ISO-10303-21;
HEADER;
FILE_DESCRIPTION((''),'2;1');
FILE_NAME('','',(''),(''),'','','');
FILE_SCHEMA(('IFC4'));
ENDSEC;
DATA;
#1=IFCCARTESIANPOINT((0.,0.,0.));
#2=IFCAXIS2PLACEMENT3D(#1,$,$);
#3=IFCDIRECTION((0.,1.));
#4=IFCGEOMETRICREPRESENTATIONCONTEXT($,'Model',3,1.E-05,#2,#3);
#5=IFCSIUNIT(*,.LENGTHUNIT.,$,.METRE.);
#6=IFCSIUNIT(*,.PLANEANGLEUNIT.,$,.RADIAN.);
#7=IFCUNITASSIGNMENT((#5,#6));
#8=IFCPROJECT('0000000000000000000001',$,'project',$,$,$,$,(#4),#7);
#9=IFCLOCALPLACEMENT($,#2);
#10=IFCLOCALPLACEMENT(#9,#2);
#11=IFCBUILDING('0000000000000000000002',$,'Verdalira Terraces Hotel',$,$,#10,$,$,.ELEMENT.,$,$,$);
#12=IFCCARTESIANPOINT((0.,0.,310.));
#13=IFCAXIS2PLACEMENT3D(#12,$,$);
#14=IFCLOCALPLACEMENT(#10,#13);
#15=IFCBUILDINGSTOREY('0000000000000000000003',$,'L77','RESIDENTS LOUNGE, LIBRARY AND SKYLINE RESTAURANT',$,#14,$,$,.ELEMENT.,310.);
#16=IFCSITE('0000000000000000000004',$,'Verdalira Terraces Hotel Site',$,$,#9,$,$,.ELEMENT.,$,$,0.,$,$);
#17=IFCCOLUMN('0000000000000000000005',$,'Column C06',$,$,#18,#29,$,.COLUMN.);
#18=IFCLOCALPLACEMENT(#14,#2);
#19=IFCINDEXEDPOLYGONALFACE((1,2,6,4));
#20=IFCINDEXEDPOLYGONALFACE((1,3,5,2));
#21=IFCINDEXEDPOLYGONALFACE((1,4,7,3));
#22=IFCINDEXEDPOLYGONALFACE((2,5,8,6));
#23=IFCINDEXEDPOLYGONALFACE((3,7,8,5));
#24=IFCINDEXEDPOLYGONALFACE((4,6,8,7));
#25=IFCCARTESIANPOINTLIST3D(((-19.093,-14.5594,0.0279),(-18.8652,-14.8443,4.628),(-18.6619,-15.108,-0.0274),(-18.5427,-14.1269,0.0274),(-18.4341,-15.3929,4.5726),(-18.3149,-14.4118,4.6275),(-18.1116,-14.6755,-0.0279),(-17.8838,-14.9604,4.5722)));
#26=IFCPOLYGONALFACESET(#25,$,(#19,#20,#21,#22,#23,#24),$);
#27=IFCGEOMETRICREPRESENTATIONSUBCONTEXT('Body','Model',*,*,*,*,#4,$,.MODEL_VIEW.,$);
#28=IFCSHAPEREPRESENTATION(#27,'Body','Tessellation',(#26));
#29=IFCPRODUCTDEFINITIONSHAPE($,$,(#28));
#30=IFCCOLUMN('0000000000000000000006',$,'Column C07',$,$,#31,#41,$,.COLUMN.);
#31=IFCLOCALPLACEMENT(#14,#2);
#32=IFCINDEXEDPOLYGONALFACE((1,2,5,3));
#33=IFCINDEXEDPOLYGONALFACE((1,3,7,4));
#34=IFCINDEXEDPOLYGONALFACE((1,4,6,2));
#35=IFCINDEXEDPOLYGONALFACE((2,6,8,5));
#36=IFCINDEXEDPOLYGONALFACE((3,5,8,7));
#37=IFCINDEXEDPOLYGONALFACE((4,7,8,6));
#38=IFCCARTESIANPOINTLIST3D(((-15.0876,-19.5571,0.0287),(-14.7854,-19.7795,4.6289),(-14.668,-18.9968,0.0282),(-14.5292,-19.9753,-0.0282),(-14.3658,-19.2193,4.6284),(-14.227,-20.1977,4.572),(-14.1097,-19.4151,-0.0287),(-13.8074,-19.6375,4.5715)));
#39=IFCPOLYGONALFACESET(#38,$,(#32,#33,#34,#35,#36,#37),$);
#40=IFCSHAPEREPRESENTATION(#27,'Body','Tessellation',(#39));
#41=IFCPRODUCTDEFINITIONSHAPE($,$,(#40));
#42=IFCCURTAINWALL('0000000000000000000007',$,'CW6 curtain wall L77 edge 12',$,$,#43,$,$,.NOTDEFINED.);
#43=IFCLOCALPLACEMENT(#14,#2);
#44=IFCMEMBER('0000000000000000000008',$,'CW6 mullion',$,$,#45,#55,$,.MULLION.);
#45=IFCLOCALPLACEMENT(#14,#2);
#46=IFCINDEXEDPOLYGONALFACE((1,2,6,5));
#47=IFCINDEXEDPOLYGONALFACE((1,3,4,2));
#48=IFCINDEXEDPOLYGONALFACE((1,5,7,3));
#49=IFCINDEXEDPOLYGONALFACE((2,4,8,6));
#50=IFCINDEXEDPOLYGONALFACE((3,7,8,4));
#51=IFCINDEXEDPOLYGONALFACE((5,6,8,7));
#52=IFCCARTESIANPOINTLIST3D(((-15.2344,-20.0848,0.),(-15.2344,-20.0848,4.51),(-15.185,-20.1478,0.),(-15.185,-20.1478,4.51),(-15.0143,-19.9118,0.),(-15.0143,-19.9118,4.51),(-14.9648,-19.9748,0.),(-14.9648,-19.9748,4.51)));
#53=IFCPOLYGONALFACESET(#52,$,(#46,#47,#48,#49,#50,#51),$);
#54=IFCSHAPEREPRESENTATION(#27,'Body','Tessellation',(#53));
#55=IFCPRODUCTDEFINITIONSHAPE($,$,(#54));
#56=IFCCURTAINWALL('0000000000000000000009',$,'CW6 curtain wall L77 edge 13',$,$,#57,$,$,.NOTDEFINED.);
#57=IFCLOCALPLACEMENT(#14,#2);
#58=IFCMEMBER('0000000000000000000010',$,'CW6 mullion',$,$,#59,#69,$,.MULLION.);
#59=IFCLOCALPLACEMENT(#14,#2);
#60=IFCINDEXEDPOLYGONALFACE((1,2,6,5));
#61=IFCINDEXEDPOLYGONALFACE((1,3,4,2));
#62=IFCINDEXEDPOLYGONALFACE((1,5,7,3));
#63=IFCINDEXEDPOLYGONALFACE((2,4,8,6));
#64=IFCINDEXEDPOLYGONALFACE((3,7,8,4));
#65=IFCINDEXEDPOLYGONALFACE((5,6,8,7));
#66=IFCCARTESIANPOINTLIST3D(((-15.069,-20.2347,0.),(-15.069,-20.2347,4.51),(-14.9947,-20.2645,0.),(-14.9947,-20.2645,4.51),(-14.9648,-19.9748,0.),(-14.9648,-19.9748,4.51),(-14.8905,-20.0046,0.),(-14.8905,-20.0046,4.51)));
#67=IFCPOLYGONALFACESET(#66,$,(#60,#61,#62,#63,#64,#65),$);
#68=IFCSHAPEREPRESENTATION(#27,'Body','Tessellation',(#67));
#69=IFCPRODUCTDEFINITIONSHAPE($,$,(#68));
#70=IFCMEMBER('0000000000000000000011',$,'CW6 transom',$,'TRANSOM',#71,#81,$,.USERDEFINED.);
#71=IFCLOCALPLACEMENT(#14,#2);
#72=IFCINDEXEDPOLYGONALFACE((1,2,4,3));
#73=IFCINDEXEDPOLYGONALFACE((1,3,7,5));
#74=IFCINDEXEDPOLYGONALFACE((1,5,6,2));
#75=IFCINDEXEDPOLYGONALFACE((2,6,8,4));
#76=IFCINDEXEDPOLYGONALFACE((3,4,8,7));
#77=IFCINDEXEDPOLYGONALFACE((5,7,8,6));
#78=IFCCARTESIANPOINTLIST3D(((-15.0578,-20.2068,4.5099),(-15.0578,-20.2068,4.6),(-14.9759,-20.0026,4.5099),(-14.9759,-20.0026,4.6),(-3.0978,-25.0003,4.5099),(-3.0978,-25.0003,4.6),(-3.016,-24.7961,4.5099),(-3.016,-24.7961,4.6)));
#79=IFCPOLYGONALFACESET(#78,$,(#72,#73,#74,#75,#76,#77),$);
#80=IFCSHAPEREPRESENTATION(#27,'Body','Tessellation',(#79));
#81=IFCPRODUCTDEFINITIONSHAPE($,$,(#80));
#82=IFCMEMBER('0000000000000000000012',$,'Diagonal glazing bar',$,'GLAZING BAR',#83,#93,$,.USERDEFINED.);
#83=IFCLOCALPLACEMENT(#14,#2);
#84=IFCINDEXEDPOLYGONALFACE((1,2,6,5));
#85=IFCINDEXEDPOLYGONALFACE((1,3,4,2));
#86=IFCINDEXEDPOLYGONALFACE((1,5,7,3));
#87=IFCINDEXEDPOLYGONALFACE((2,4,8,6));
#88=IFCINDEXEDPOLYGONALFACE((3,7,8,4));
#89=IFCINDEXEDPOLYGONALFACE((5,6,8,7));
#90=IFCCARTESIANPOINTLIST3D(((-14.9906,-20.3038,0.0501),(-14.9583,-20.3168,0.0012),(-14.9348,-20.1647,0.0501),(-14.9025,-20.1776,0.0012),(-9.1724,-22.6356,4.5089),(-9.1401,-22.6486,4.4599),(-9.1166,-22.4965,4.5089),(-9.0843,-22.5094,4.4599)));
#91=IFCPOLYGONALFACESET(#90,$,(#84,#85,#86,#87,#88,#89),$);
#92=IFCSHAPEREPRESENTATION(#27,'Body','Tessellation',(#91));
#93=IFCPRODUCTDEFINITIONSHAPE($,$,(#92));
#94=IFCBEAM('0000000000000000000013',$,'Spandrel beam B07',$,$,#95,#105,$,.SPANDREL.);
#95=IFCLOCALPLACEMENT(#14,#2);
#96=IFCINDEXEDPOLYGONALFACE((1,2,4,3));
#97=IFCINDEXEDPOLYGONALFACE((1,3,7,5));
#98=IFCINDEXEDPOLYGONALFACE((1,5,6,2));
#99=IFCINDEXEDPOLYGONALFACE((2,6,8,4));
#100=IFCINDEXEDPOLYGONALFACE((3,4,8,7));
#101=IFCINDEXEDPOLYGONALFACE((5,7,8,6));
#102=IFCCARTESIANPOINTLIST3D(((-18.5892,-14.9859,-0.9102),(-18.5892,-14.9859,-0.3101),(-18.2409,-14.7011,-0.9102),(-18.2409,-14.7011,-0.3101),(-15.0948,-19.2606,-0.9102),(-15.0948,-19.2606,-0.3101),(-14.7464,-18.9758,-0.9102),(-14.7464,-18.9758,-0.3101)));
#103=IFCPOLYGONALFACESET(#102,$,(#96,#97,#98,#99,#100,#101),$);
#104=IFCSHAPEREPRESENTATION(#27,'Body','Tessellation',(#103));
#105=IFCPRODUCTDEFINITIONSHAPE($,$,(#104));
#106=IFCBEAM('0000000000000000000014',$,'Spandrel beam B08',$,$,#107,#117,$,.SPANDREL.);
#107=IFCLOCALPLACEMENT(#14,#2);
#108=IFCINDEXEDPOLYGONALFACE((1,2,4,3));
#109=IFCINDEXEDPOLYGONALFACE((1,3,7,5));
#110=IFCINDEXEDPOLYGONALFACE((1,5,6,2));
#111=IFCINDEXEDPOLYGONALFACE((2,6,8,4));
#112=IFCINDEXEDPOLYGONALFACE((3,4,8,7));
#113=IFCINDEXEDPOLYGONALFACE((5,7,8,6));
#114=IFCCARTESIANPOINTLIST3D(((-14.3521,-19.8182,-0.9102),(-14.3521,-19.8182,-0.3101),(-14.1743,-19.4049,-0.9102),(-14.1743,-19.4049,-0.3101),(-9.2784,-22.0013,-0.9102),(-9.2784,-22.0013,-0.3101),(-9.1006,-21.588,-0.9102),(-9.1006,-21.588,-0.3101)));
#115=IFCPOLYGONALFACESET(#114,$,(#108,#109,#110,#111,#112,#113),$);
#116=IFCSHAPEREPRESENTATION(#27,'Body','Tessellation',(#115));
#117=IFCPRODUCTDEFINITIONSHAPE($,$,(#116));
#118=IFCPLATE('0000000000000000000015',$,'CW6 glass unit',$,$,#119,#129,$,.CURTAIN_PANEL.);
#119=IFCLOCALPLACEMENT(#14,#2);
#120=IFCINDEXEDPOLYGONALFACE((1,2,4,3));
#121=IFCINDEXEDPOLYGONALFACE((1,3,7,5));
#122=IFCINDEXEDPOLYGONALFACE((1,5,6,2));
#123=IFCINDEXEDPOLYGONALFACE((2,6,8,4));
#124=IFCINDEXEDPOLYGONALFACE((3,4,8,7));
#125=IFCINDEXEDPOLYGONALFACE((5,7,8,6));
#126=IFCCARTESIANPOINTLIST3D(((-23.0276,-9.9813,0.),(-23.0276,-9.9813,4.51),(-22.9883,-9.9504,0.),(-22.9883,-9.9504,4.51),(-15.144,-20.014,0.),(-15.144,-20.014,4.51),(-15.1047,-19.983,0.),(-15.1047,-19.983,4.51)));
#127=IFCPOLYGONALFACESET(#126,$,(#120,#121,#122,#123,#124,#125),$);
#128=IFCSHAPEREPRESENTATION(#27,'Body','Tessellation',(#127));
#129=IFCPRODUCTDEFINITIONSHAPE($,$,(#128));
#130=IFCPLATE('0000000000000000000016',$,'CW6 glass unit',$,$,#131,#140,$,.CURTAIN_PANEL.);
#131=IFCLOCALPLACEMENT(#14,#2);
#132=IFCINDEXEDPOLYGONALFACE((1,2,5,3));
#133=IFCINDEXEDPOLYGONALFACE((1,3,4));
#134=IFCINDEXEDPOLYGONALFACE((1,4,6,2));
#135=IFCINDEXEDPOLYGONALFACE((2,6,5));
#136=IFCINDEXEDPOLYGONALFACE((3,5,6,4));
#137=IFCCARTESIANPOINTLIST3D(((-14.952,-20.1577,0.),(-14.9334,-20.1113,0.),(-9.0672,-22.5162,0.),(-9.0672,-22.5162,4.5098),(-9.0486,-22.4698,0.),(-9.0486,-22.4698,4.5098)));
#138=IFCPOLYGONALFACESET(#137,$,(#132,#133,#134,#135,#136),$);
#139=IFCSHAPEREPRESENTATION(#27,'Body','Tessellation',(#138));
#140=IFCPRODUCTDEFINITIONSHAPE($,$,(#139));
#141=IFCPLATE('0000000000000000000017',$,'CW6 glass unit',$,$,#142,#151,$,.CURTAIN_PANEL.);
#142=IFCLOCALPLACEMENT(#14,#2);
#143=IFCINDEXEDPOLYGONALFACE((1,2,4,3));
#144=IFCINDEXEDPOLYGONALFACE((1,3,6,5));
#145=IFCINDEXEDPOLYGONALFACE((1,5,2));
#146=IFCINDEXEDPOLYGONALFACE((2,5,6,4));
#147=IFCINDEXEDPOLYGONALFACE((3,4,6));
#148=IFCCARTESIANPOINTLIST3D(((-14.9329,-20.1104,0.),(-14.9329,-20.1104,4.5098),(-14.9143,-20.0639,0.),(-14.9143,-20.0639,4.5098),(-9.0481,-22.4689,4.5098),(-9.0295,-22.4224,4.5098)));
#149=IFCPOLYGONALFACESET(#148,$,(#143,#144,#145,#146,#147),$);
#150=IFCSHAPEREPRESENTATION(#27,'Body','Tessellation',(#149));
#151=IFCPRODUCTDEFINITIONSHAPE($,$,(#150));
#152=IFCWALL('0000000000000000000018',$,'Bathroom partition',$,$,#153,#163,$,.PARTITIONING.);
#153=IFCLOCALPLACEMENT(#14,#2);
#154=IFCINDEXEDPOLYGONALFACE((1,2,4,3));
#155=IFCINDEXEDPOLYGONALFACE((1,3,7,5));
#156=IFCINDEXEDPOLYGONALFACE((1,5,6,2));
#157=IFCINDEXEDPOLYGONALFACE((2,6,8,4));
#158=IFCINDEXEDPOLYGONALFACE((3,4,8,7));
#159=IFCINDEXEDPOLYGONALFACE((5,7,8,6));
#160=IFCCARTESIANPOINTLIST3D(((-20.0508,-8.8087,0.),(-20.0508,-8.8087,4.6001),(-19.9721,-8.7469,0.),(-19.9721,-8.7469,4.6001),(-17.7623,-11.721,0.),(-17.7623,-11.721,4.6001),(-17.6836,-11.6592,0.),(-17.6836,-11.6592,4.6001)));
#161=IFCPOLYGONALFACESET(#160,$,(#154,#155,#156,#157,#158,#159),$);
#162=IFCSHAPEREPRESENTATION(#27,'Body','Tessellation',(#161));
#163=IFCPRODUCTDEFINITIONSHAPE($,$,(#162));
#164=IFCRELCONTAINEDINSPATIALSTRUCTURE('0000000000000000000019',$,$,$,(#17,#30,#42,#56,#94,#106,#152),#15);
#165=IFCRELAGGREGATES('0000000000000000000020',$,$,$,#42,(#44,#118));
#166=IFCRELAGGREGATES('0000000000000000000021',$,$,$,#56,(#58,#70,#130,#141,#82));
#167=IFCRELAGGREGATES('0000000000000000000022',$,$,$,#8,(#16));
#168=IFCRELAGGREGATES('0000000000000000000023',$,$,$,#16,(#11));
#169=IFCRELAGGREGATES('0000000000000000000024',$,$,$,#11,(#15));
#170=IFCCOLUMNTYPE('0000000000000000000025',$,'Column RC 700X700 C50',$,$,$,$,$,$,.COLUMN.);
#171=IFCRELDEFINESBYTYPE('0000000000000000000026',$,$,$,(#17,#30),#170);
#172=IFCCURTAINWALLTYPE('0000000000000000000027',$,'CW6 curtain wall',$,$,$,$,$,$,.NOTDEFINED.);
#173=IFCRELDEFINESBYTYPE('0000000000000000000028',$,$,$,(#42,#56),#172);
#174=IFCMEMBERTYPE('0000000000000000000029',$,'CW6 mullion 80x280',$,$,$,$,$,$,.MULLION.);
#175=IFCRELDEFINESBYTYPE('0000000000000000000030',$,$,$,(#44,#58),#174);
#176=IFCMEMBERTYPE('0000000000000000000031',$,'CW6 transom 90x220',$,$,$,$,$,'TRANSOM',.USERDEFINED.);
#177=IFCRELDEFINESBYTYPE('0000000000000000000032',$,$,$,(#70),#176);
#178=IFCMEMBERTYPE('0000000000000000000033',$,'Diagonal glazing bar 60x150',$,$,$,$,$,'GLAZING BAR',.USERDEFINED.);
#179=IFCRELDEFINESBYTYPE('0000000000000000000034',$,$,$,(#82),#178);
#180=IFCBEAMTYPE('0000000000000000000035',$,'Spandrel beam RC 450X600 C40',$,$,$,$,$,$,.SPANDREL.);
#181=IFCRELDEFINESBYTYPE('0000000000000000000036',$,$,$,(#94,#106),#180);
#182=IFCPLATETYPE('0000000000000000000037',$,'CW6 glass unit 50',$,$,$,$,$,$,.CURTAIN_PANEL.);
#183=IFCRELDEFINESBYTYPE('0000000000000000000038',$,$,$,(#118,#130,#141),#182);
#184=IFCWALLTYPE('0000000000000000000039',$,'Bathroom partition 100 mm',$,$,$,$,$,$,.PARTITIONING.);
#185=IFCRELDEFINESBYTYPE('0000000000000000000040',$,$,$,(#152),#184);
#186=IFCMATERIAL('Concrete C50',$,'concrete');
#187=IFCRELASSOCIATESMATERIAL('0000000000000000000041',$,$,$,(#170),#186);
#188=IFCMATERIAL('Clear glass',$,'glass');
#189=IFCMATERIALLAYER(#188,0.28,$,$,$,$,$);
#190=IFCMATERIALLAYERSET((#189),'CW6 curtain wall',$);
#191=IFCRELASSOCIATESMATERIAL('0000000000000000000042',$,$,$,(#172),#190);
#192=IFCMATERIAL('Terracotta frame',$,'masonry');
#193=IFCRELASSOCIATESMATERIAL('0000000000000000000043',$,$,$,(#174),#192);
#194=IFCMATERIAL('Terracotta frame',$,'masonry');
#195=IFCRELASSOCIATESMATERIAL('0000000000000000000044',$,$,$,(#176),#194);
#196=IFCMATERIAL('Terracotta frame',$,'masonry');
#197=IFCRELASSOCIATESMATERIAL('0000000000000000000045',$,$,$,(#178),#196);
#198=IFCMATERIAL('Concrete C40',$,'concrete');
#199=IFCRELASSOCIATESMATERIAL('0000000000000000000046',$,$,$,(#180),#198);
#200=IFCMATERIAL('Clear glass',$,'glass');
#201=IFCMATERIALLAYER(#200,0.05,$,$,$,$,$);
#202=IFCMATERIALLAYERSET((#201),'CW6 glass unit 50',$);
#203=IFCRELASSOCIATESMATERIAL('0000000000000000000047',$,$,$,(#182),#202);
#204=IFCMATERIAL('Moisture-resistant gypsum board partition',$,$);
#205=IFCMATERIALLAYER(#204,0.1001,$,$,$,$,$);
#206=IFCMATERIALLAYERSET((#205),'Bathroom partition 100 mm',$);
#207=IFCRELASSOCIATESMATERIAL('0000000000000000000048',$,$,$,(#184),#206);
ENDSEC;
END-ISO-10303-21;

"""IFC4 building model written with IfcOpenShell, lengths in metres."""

from ifc_helpers import new_model, si_unit, direction, frame, frame_2d, origin, origin_2d, place, context, subcontext, project, spatial, polyline, rectangle, outline, extrude, material, layer, layer_set, material_profile, profile_set, type_object, element, aggregate, save


model = new_model("IFC4")

# Units and contexts
model_context = context("Model", 3, precision=1e-05, world=origin(), true_north=direction((0.0, 1.0)))
body_context = subcontext(model_context, "Body", "Model", "MODEL_VIEW")
ifc_project = project(units=[si_unit("LENGTHUNIT", "METRE"), si_unit("PLANEANGLEUNIT", "RADIAN")], contexts=[model_context])

# Site, building, storey
site_placement = place(None, origin())
site = spatial("IfcSite", under=ifc_project, at=site_placement, Name="Verdalira Terraces Hotel Site", CompositionType="ELEMENT", RefElevation=0.0)
building_placement = place(site_placement, origin())
building = spatial("IfcBuilding", under=site, at=building_placement, Name="Verdalira Terraces Hotel", CompositionType="ELEMENT")
storey_placement = place(building_placement, frame((0.0, 0.0, 310.0)))
storey = spatial("IfcBuildingStorey", under=building, at=storey_placement, Name="L77", Description="RESIDENTS LOUNGE, LIBRARY AND SKYLINE RESTAURANT", CompositionType="ELEMENT", Elevation=310.0)

# Columns
ifc_material_1 = material(Name="Concrete C50", Category="concrete")
ifc_material_profile_1 = material_profile(ifc_material_1, rectangle(XDim=0.7, YDim=0.7, at=origin_2d()), Name="RC 700X700")
ifc_profile_set_1 = profile_set([ifc_material_profile_1], Name="Concrete C50")
column_type = type_object("IfcColumnType", Name="Column RC 700X700 C50", PredefinedType="COLUMN", material=ifc_profile_set_1)
column_1_placement = place(storey_placement, frame((-18.6023, -14.6174, 0.0), z_axis=(0.049362, -0.061742, 0.996871), x_axis=(0.61591, -0.783841, -0.079046)))
element("IfcColumn", 1, at=column_1_placement, inside=storey, type_object=column_type, Name="Column C06", PredefinedType="COLUMN", context=body_context, shape_type="SweptSolid", body=[
    extrude(rectangle(XDim=0.7, YDim=0.7, at=origin_2d()), origin(), (0.0, 0.0, 1.0), 4.6145),
])
column_2_placement = place(storey_placement, frame((-14.5986, -19.4861, 0.0), z_axis=(0.065487, -0.048189, 0.996689), x_axis=(-0.797755, 0.597475, 0.081304)))
element("IfcColumn", 2, at=column_2_placement, inside=storey, type_object=column_type, Name="Column C07", PredefinedType="COLUMN", context=body_context, shape_type="SweptSolid", body=[
    extrude(rectangle(XDim=0.7, YDim=0.7, at=origin_2d()), origin(), (0.0, 0.0, 1.0), 4.6155),
])

# Curtain wall, member
ifc_material_2 = material(Name="Clear glass", Category="glass")
ifc_layer_1 = layer(ifc_material_2, 0.28)
ifc_layer_set_1 = layer_set([ifc_layer_1], Name="CW6 curtain wall")
curtain_wall_type = type_object("IfcCurtainWallType", Name="CW6 curtain wall", PredefinedType="NOTDEFINED", material=ifc_layer_set_1)
curtain_wall_1_placement = place(storey_placement, origin())
curtain_wall_1 = element("IfcCurtainWall", 3, at=curtain_wall_1_placement, inside=storey, type_object=curtain_wall_type, Name="CW6 curtain wall L77 edge 12", PredefinedType="NOTDEFINED")
ifc_material_3 = material(Name="Terracotta frame", Category="masonry")
ifc_material_profile_2 = material_profile(ifc_material_3, rectangle(XDim=0.0801, YDim=0.28, at=origin_2d()), Name="MU 80x280")
ifc_profile_set_2 = profile_set([ifc_material_profile_2], Name="Terracotta frame")
member_type_1 = type_object("IfcMemberType", Name="CW6 mullion 80x280", PredefinedType="MULLION", material=ifc_profile_set_2)
member_1_placement = place(storey_placement, frame((-15.0996, -20.0298, 0.0), z_axis=(0.0, 0.0, 1.0), x_axis=(0.61786, -0.786288, 0.0)))
member_1 = element("IfcMember", 4, at=member_1_placement, type_object=member_type_1, Name="CW6 mullion", PredefinedType="MULLION", context=body_context, shape_type="SweptSolid", body=[
    extrude(rectangle(XDim=0.0801, YDim=0.28, at=origin_2d()), origin(), (0.0, 0.0, 1.0), 4.51),
])

# Curtain wall, members
curtain_wall_2_placement = place(storey_placement, origin())
curtain_wall_2 = element("IfcCurtainWall", 5, at=curtain_wall_2_placement, inside=storey, type_object=curtain_wall_type, Name="CW6 curtain wall L77 edge 13", PredefinedType="NOTDEFINED")
member_2_placement = place(storey_placement, frame((-14.9797, -20.1196, 0.0), z_axis=(0.0, 0.0, 1.0), x_axis=(0.928226, -0.372016, 0.0)))
member_2 = element("IfcMember", 6, at=member_2_placement, type_object=member_type_1, Name="CW6 mullion", PredefinedType="MULLION", context=body_context, shape_type="SweptSolid", body=[
    extrude(rectangle(XDim=0.0801, YDim=0.28, at=origin_2d()), origin(), (0.0, 0.0, 1.0), 4.51),
])
ifc_material_4 = material(Name="Terracotta frame", Category="masonry")
ifc_material_profile_3 = material_profile(ifc_material_4, rectangle(XDim=0.22, YDim=0.0901, at=origin_2d()), Name="TR 90x220")
ifc_profile_set_3 = profile_set([ifc_material_profile_3], Name="Terracotta frame")
member_type_2 = type_object("IfcMemberType", Name="CW6 transom 90x220", ElementType="TRANSOM", PredefinedType="USERDEFINED", material=ifc_profile_set_3)
member_3_placement = place(storey_placement, frame((-15.0168, -20.1047, 4.5549), z_axis=(0.928223, -0.372024, 0.0), x_axis=(0.372024, 0.928223, 0.0)))
member_3 = element("IfcMember", 7, at=member_3_placement, type_object=member_type_2, Name="CW6 transom", ObjectType="TRANSOM", PredefinedType="USERDEFINED", context=body_context, shape_type="SweptSolid", body=[
    extrude(rectangle(XDim=0.22, YDim=0.0901, at=origin_2d()), origin(), (0.0, 0.0, 1.0), 12.8848),
])
ifc_material_5 = material(Name="Terracotta frame", Category="masonry")
ifc_material_profile_4 = material_profile(ifc_material_5, rectangle(XDim=0.1499, YDim=0.0601, at=origin_2d()), Name="GB 60x150")
ifc_profile_set_4 = profile_set([ifc_material_profile_4], Name="Terracotta frame")
member_type_3 = type_object("IfcMemberType", Name="Diagonal glazing bar 60x150", ElementType="GLAZING BAR", PredefinedType="USERDEFINED", material=ifc_profile_set_4)
member_4_placement = place(storey_placement, frame((-14.9465, -20.2407, 0.0256), z_axis=(0.756378, -0.303141, 0.579654), x_axis=(0.372015, 0.928227, 0.0)))
member_4 = element("IfcMember", 8, at=member_4_placement, type_object=member_type_3, Name="Diagonal glazing bar", ObjectType="GLAZING BAR", PredefinedType="USERDEFINED", context=body_context, shape_type="SweptSolid", body=[
    extrude(rectangle(XDim=0.1499, YDim=0.0601, at=origin_2d()), origin(), (0.0, 0.0, 1.0), 7.6921),
])

# Beams
ifc_material_6 = material(Name="Concrete C40", Category="concrete")
ifc_material_profile_5 = material_profile(ifc_material_6, rectangle(XDim=0.45, YDim=0.6001, at=origin_2d()), Name="RC 450X600")
ifc_profile_set_5 = profile_set([ifc_material_profile_5], Name="Concrete C40")
beam_type = type_object("IfcBeamType", Name="Spandrel beam RC 450X600 C40", PredefinedType="SPANDREL", material=ifc_profile_set_5)
beam_1_placement = place(storey_placement, frame((-18.415, -14.8435, -0.6101), z_axis=(0.632905, -0.774229, 0.0), x_axis=(0.774229, 0.632905, 0.0)))
element("IfcBeam", 9, at=beam_1_placement, inside=storey, type_object=beam_type, Name="Spandrel beam B07", PredefinedType="SPANDREL", context=body_context, shape_type="SweptSolid", body=[
    extrude(rectangle(XDim=0.45, YDim=0.6001, at=origin_2d()), origin(), (0.0, 0.0, 1.0), 5.5212),
])
beam_2_placement = place(storey_placement, frame((-14.2632, -19.6116, -0.6101), z_axis=(0.918577, -0.395242, 0.0), x_axis=(0.395242, 0.918577, 0.0)))
element("IfcBeam", 10, at=beam_2_placement, inside=storey, type_object=beam_type, Name="Spandrel beam B08", PredefinedType="SPANDREL", context=body_context, shape_type="SweptSolid", body=[
    extrude(rectangle(XDim=0.45, YDim=0.6001, at=origin_2d()), origin(), (0.0, 0.0, 1.0), 5.5234),
])

# Plates
ifc_material_7 = material(Name="Clear glass", Category="glass")
ifc_layer_2 = layer(ifc_material_7, 0.05)
ifc_layer_set_2 = layer_set([ifc_layer_2], Name="CW6 glass unit 50")
plate_type = type_object("IfcPlateType", Name="CW6 glass unit 50", PredefinedType="CURTAIN_PANEL", material=ifc_layer_set_2)
plate_1_placement = place(storey_placement, frame((-19.0662, -14.9822, 0.0), z_axis=(0.0, 0.0, 1.0), x_axis=(0.61786, -0.786288, 0.0)))
plate_1 = element("IfcPlate", 11, at=plate_1_placement, type_object=plate_type, Name="CW6 glass unit", PredefinedType="CURTAIN_PANEL", context=body_context, shape_type="SweptSolid", body=[
    extrude(rectangle(XDim=12.7595, YDim=0.05, at=origin_2d()), origin(), (0.0, 0.0, 1.0), 4.51),
])
aggregate(curtain_wall_1, [member_1, plate_1])
plate_2_placement = place(storey_placement, frame((-11.991, -21.2905, 2.2549), z_axis=(-0.372016, -0.928226, 0.0), x_axis=(0.928226, -0.372016, 0.0)))
plate_2 = element("IfcPlate", 12, at=plate_2_placement, type_object=plate_type, Name="CW6 glass unit", PredefinedType="CURTAIN_PANEL", context=body_context, shape_type="SweptSolid", body=[
    extrude(outline(polyline([(-3.1699, -2.2549), (3.1699, -2.2549), (3.1699, 2.2549), (-3.1699, -2.2549)])), origin(), (0.0, 0.0, 1.0), 0.05),
])
plate_3_placement = place(storey_placement, frame((-11.9719, -21.2432, 2.2549), z_axis=(-0.372016, -0.928226, 0.0), x_axis=(0.928226, -0.372016, 0.0)))
plate_3 = element("IfcPlate", 13, at=plate_3_placement, type_object=plate_type, Name="CW6 glass unit", PredefinedType="CURTAIN_PANEL", context=body_context, shape_type="SweptSolid", body=[
    extrude(outline(polyline([(-3.1699, -2.2549), (3.1699, 2.2549), (-3.1699, 2.2549), (-3.1699, -2.2549)])), origin(), (0.0, 0.0, 1.0), 0.05),
])
aggregate(curtain_wall_2, [member_2, member_3, plate_2, plate_3, member_4])

# Wall
ifc_material_8 = material(Name="Moisture-resistant gypsum board partition")
ifc_layer_3 = layer(ifc_material_8, 0.1001)
ifc_layer_set_3 = layer_set([ifc_layer_3], Name="Bathroom partition 100 mm")
wall_type_1 = type_object("IfcWallType", Name="Bathroom partition 100 mm", PredefinedType="PARTITIONING", material=ifc_layer_set_3)
wall_1_placement = place(storey_placement, frame((-17.7229, -11.6902, 0.0), z_axis=(0.0, 0.0, 1.0), x_axis=(-0.617871, 0.786279, 0.0)))
element("IfcWall", 14, at=wall_1_placement, inside=storey, type_object=wall_type_1, Name="Bathroom partition", PredefinedType="PARTITIONING", context=body_context, shape_type="SweptSolid", body=[
    extrude(rectangle(XDim=3.7039, YDim=0.1001, at=frame_2d((1.8521, 0.0))), origin(), (0.0, 0.0, 1.0), 4.6001),
])

save(model, "model.ifc")
